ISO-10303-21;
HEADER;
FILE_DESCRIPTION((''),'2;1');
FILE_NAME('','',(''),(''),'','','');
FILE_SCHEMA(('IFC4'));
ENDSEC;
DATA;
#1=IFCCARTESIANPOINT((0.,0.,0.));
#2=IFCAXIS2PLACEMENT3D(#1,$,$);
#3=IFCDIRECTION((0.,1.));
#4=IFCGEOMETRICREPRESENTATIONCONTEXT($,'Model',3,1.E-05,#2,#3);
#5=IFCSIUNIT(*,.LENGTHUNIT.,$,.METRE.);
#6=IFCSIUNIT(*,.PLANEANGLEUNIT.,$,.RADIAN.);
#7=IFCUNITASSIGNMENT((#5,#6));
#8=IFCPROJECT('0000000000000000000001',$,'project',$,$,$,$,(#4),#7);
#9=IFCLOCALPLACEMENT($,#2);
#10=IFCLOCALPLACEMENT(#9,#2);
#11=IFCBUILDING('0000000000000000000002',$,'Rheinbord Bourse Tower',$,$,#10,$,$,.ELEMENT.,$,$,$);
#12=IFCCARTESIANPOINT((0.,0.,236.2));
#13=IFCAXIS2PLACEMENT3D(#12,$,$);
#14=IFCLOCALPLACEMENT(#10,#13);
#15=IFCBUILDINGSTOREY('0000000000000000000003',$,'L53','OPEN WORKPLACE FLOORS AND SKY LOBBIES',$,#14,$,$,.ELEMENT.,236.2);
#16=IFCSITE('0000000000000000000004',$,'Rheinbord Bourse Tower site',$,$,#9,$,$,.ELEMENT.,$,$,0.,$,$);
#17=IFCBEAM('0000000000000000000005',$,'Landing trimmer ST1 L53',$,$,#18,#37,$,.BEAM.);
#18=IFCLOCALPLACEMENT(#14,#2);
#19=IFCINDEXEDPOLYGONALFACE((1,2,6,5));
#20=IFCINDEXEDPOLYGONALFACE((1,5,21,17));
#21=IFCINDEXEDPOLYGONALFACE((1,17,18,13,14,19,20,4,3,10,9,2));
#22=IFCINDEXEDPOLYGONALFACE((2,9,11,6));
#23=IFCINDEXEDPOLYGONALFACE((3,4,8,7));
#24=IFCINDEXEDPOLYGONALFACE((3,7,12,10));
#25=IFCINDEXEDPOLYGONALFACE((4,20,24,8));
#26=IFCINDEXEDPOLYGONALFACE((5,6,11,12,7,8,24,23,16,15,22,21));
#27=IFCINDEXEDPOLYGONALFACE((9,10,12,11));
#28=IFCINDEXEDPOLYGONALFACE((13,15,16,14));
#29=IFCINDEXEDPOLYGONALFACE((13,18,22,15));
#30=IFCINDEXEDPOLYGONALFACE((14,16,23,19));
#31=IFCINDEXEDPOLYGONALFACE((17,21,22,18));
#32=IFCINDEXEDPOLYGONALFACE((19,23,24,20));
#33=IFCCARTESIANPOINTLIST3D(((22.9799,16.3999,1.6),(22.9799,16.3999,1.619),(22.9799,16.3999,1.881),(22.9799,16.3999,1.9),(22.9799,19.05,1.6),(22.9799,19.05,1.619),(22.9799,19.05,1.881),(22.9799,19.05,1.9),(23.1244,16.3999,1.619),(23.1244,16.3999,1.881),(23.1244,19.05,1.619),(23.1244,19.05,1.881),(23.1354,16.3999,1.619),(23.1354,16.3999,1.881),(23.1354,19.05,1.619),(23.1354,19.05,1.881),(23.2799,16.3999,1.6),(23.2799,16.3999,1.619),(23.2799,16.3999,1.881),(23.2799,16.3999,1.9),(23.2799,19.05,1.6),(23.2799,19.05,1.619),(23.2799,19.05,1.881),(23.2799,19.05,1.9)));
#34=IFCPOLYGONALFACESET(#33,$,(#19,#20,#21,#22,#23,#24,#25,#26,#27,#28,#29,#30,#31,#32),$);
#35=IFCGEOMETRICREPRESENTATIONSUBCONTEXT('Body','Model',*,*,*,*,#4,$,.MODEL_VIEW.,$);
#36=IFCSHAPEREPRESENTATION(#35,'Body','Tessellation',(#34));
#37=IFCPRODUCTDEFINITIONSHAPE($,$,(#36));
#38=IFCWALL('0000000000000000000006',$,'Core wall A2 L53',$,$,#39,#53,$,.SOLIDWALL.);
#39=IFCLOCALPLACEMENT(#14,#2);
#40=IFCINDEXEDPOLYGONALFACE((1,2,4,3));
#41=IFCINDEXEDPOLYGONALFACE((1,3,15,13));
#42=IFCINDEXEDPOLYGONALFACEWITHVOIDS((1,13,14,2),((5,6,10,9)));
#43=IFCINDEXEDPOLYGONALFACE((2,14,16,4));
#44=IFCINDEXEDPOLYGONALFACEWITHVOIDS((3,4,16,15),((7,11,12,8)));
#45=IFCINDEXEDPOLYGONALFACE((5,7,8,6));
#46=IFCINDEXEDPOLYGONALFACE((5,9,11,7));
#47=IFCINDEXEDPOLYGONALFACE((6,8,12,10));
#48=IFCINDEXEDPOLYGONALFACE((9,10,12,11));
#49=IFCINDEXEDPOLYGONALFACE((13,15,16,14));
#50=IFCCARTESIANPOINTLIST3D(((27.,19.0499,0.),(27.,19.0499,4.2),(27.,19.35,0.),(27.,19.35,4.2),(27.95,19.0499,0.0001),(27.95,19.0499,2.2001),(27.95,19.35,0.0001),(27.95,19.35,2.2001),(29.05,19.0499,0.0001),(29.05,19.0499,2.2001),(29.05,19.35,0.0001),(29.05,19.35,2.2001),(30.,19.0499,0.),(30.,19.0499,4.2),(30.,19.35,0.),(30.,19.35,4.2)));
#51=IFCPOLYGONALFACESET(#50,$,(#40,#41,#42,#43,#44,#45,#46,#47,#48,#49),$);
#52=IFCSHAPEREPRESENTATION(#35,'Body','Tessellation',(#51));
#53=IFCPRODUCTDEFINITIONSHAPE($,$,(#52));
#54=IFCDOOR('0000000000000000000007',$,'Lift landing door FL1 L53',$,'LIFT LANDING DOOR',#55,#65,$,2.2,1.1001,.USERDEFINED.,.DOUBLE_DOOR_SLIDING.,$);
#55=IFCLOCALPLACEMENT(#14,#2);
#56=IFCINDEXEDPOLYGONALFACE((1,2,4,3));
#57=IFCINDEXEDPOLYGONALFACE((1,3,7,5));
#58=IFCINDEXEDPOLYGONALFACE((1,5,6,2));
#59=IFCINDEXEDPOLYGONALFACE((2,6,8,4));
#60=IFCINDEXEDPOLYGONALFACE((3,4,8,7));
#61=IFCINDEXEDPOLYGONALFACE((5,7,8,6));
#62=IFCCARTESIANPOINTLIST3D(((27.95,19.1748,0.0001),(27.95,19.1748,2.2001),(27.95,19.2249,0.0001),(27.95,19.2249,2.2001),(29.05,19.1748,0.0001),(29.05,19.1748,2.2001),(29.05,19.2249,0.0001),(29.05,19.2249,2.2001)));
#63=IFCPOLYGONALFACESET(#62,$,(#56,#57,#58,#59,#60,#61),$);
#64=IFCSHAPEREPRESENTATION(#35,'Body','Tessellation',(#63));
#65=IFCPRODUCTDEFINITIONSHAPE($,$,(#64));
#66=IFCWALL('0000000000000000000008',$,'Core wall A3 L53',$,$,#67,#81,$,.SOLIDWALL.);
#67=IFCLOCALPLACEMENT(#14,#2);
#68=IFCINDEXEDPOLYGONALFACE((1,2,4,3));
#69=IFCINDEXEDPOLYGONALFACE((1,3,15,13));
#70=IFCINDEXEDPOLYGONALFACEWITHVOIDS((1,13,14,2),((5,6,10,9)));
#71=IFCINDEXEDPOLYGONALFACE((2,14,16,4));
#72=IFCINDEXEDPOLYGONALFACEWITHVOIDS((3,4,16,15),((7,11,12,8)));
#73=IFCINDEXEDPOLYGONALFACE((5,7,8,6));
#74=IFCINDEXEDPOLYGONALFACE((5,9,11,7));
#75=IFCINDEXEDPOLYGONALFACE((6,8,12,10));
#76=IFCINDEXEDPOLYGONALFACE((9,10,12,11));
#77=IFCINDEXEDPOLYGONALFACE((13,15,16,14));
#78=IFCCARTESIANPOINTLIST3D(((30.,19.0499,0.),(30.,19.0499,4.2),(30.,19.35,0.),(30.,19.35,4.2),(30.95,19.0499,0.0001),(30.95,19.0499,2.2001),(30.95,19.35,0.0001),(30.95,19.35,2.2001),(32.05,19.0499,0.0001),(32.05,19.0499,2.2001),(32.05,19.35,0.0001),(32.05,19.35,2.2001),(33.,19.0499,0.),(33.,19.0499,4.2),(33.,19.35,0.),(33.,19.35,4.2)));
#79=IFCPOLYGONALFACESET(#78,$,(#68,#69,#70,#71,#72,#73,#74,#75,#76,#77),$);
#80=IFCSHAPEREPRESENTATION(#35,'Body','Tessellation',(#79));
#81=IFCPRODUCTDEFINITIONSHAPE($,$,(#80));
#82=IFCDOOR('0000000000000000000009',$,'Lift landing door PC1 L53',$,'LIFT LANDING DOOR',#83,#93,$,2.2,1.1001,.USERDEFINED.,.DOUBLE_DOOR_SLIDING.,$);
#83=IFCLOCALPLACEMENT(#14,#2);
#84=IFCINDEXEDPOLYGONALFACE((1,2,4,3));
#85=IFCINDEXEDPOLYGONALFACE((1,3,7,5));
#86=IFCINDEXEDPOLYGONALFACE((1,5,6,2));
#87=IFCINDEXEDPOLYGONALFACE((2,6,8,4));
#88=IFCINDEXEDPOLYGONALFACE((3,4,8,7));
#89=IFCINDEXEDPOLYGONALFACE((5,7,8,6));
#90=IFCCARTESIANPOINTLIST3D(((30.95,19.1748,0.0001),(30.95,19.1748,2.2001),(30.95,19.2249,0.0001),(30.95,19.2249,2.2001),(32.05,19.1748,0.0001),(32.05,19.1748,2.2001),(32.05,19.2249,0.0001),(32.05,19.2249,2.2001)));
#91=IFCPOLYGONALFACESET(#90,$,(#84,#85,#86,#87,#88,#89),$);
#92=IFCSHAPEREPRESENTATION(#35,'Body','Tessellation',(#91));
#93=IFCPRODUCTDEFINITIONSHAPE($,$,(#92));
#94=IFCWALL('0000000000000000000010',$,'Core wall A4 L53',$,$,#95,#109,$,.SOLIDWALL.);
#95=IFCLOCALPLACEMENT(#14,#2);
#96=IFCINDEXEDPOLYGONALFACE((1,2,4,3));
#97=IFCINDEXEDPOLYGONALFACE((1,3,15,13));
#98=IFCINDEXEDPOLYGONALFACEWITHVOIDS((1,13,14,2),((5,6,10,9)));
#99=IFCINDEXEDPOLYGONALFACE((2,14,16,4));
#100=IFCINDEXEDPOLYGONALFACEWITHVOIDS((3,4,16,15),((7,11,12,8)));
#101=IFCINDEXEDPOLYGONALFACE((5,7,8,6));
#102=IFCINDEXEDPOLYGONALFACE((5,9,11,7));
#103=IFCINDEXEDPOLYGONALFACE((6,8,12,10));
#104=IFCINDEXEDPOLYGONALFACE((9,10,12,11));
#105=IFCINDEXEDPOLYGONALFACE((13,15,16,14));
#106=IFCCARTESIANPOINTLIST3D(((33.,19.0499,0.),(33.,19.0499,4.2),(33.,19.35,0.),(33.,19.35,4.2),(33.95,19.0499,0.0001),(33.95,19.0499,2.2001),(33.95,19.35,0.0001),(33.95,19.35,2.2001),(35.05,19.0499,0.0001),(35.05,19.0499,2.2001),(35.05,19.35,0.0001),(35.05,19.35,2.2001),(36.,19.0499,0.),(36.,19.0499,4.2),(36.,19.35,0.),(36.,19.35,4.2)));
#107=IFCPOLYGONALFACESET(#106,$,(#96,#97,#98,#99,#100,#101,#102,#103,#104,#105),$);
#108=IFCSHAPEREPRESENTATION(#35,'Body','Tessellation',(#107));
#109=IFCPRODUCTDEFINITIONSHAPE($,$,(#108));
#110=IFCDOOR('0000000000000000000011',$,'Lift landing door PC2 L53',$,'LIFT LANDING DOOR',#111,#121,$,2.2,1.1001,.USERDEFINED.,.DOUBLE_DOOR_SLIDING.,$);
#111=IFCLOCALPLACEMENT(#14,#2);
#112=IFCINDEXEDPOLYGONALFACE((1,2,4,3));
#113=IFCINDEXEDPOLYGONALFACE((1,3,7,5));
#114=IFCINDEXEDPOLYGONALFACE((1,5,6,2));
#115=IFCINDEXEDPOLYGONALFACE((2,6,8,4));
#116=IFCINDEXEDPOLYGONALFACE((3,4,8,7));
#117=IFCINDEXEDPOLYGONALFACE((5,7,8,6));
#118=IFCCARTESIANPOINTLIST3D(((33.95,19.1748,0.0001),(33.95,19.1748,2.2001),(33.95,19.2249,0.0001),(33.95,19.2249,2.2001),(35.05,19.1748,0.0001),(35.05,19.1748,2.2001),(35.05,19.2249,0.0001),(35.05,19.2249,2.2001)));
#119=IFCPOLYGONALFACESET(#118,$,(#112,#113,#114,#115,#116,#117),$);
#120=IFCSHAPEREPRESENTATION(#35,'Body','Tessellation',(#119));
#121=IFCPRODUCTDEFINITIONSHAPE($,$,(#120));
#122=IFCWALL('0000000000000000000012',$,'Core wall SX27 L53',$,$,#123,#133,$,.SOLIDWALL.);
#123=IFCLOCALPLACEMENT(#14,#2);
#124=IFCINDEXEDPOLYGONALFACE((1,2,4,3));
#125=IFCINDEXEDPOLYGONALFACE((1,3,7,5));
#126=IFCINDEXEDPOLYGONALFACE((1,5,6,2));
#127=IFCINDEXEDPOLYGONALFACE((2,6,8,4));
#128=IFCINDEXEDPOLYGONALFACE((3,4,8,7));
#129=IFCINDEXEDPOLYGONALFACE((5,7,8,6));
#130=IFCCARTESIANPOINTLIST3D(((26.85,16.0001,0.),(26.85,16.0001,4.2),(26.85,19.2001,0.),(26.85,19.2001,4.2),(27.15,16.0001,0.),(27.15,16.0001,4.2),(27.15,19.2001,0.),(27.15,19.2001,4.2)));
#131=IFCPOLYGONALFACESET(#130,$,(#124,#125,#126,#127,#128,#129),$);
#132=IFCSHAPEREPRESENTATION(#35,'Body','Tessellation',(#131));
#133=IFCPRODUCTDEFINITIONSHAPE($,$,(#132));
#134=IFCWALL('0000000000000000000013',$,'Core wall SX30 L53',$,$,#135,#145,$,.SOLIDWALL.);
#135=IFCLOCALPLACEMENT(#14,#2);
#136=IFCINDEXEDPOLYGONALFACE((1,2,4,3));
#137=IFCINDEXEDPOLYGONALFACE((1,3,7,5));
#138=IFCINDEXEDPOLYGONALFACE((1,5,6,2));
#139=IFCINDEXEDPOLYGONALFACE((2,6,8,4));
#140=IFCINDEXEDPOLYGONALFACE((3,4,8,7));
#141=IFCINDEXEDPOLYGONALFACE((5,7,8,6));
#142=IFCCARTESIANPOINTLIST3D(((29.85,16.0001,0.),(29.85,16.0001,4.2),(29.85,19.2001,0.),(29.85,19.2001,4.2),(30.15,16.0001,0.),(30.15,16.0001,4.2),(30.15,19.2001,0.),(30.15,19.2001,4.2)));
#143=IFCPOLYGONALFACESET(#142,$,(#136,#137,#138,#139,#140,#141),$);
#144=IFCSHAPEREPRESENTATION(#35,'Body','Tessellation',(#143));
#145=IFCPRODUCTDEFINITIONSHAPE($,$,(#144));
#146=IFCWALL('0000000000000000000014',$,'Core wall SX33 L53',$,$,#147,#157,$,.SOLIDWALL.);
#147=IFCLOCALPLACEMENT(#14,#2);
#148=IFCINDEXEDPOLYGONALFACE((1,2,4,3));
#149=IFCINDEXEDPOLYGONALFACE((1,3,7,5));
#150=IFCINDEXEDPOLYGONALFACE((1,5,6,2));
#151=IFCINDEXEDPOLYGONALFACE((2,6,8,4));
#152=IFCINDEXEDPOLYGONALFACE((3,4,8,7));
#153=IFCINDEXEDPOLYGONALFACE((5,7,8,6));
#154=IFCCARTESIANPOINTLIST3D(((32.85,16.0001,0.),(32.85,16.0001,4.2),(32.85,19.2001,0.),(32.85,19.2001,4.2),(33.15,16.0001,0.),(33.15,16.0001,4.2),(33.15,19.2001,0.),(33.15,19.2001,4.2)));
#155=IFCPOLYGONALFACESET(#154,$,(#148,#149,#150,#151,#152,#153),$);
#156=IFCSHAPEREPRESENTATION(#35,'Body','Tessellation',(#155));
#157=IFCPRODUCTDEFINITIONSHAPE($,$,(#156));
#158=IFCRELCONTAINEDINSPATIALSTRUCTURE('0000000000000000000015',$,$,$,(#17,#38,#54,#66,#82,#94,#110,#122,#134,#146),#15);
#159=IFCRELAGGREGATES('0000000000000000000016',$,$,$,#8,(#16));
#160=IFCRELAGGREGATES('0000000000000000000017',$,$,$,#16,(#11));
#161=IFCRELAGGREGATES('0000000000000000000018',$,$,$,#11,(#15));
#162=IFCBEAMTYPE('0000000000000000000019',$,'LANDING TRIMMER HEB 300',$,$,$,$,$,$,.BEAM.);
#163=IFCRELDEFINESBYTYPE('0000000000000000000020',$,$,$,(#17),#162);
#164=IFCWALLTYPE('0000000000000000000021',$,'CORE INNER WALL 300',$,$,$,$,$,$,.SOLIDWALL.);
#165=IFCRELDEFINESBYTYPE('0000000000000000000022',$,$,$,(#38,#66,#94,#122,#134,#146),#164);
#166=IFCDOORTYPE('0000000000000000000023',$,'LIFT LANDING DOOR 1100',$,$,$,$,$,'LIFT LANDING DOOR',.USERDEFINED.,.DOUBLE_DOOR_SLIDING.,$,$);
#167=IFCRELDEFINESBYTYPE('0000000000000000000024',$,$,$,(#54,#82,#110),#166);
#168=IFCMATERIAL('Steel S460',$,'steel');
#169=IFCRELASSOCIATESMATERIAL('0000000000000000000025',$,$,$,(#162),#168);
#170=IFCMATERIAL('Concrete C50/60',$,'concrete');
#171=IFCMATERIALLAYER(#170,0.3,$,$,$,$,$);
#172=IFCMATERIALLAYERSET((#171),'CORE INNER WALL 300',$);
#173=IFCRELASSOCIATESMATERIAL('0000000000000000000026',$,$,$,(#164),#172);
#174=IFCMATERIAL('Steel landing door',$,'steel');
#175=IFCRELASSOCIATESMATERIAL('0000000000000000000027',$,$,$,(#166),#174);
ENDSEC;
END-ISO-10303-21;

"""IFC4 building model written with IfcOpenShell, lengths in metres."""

from ifc_helpers import new_model, si_unit, direction, frame, frame_2d, origin, origin_2d, place, context, subcontext, project, spatial, rectangle, i_section, extrude, material, layer, layer_set, material_profile, profile_set, type_object, element, fill, save


model = new_model("IFC4")

# Units and contexts
model_context = context("Model", 3, precision=1e-05, world=origin(), true_north=direction((0.0, 1.0)))
body_context = subcontext(model_context, "Body", "Model", "MODEL_VIEW")
ifc_project = project(units=[si_unit("LENGTHUNIT", "METRE"), si_unit("PLANEANGLEUNIT", "RADIAN")], contexts=[model_context])

# Site, building, storey
site_placement = place(None, origin())
site = spatial("IfcSite", under=ifc_project, at=site_placement, Name="Rheinbord Bourse Tower site", CompositionType="ELEMENT", RefElevation=0.0)
building_placement = place(site_placement, origin())
building = spatial("IfcBuilding", under=site, at=building_placement, Name="Rheinbord Bourse Tower", CompositionType="ELEMENT")
storey_placement = place(building_placement, frame((0.0, 0.0, 236.2)))
storey = spatial("IfcBuildingStorey", under=building, at=storey_placement, Name="L53", Description="OPEN WORKPLACE FLOORS AND SKY LOBBIES", CompositionType="ELEMENT", Elevation=236.2)

# Beam
ifc_material_1 = material(Name="Steel S460", Category="steel")
ifc_material_profile = material_profile(ifc_material_1, i_section(OverallWidth=0.3, OverallDepth=0.3, WebThickness=0.011, FlangeThickness=0.019, at=origin_2d()), Name="HEB 300")
ifc_profile_set = profile_set([ifc_material_profile], Name="Steel S460")
beam_type = type_object("IfcBeamType", Name="LANDING TRIMMER HEB 300", PredefinedType="BEAM", material=ifc_profile_set)
beam_placement = place(storey_placement, frame((23.1299, 16.3999, 1.75), z_axis=(0.0, 1.0, 0.0), x_axis=(-1.0, 0.0, 0.0)))
element("IfcBeam", 1, at=beam_placement, inside=storey, type_object=beam_type, Name="Landing trimmer ST1 L53", PredefinedType="BEAM", context=body_context, shape_type="SweptSolid", body=[
    extrude(i_section(OverallWidth=0.3, OverallDepth=0.3, WebThickness=0.011, FlangeThickness=0.019, at=origin_2d()), origin(), (0.0, 0.0, 1.0), 2.6501),
])

# Walls, openings, doors
ifc_material_2 = material(Name="Concrete C50/60", Category="concrete")
ifc_layer_1 = layer(ifc_material_2, 0.3)
ifc_layer_set_1 = layer_set([ifc_layer_1], Name="CORE INNER WALL 300")
wall_type_1 = type_object("IfcWallType", Name="CORE INNER WALL 300", PredefinedType="SOLIDWALL", material=ifc_layer_set_1)
wall_1_placement = place(storey_placement, frame((27.0, 19.2, 0.0), z_axis=(0.0, 0.0, 1.0), x_axis=(1.0, 0.0, 0.0)))
wall_1 = element("IfcWall", 2, at=wall_1_placement, inside=storey, type_object=wall_type_1, Name="Core wall A2 L53", PredefinedType="SOLIDWALL", context=body_context, shape_type="SweptSolid", body=[
    extrude(rectangle(XDim=3.0, YDim=0.3, at=frame_2d((1.5, 0.0))), origin(), (0.0, 0.0, 1.0), 4.2),
])
opening_1_placement = place(wall_1_placement, frame((0.95, 0.0, 0.0)))
opening_1 = element("IfcOpeningElement", 3, at=opening_1_placement, cuts=wall_1, PredefinedType="OPENING", context=body_context, shape_type="SweptSolid", body=[
    extrude(rectangle(XDim=1.1001, YDim=2.2, at=frame_2d((0.55, 1.1001))), frame((0.0, 0.1599, 0.0), z_axis=(0.0, -1.0, 0.0), x_axis=(1.0, 0.0, 0.0)), (0.0, 0.0, 1.0), 0.3201),
])
ifc_material_3 = material(Name="Steel landing door", Category="steel")
door_type_1 = type_object("IfcDoorType", Name="LIFT LANDING DOOR 1100", ElementType="LIFT LANDING DOOR", OperationType="DOUBLE_DOOR_SLIDING", PredefinedType="USERDEFINED", material=ifc_material_3)
door_1_placement = place(opening_1_placement, origin())
door_1 = element("IfcDoor", 4, at=door_1_placement, inside=storey, type_object=door_type_1, Name="Lift landing door FL1 L53", ObjectType="LIFT LANDING DOOR", OperationType="DOUBLE_DOOR_SLIDING", OverallHeight=2.2, OverallWidth=1.1001, PredefinedType="USERDEFINED", context=body_context, shape_type="SweptSolid", body=[
    extrude(rectangle(XDim=1.1001, YDim=2.2, at=frame_2d((0.55, 1.1001))), frame((0.0, 0.0249, 0.0), z_axis=(0.0, -1.0, 0.0), x_axis=(1.0, 0.0, 0.0)), (0.0, 0.0, 1.0), 0.05),
])
fill(opening_1, door_1)
wall_2_placement = place(storey_placement, frame((30.0, 19.2, 0.0), z_axis=(0.0, 0.0, 1.0), x_axis=(1.0, 0.0, 0.0)))
wall_2 = element("IfcWall", 5, at=wall_2_placement, inside=storey, type_object=wall_type_1, Name="Core wall A3 L53", PredefinedType="SOLIDWALL", context=body_context, shape_type="SweptSolid", body=[
    extrude(rectangle(XDim=3.0, YDim=0.3, at=frame_2d((1.5, 0.0))), origin(), (0.0, 0.0, 1.0), 4.2),
])
opening_2_placement = place(wall_2_placement, frame((0.95, 0.0, 0.0)))
opening_2 = element("IfcOpeningElement", 6, at=opening_2_placement, cuts=wall_2, PredefinedType="OPENING", context=body_context, shape_type="SweptSolid", body=[
    extrude(rectangle(XDim=1.1001, YDim=2.2, at=frame_2d((0.55, 1.1001))), frame((0.0, 0.1599, 0.0), z_axis=(0.0, -1.0, 0.0), x_axis=(1.0, 0.0, 0.0)), (0.0, 0.0, 1.0), 0.3201),
])
door_2_placement = place(opening_2_placement, origin())
door_2 = element("IfcDoor", 7, at=door_2_placement, inside=storey, type_object=door_type_1, Name="Lift landing door PC1 L53", ObjectType="LIFT LANDING DOOR", OperationType="DOUBLE_DOOR_SLIDING", OverallHeight=2.2, OverallWidth=1.1001, PredefinedType="USERDEFINED", context=body_context, shape_type="SweptSolid", body=[
    extrude(rectangle(XDim=1.1001, YDim=2.2, at=frame_2d((0.55, 1.1001))), frame((0.0, 0.0249, 0.0), z_axis=(0.0, -1.0, 0.0), x_axis=(1.0, 0.0, 0.0)), (0.0, 0.0, 1.0), 0.05),
])
fill(opening_2, door_2)
wall_3_placement = place(storey_placement, frame((33.0, 19.2, 0.0), z_axis=(0.0, 0.0, 1.0), x_axis=(1.0, 0.0, 0.0)))
wall_3 = element("IfcWall", 8, at=wall_3_placement, inside=storey, type_object=wall_type_1, Name="Core wall A4 L53", PredefinedType="SOLIDWALL", context=body_context, shape_type="SweptSolid", body=[
    extrude(rectangle(XDim=3.0, YDim=0.3, at=frame_2d((1.5, 0.0))), origin(), (0.0, 0.0, 1.0), 4.2),
])
opening_3_placement = place(wall_3_placement, frame((0.95, 0.0, 0.0)))
opening_3 = element("IfcOpeningElement", 9, at=opening_3_placement, cuts=wall_3, PredefinedType="OPENING", context=body_context, shape_type="SweptSolid", body=[
    extrude(rectangle(XDim=1.1001, YDim=2.2, at=frame_2d((0.55, 1.1001))), frame((0.0, 0.1599, 0.0), z_axis=(0.0, -1.0, 0.0), x_axis=(1.0, 0.0, 0.0)), (0.0, 0.0, 1.0), 0.3201),
])
door_3_placement = place(opening_3_placement, origin())
door_3 = element("IfcDoor", 10, at=door_3_placement, inside=storey, type_object=door_type_1, Name="Lift landing door PC2 L53", ObjectType="LIFT LANDING DOOR", OperationType="DOUBLE_DOOR_SLIDING", OverallHeight=2.2, OverallWidth=1.1001, PredefinedType="USERDEFINED", context=body_context, shape_type="SweptSolid", body=[
    extrude(rectangle(XDim=1.1001, YDim=2.2, at=frame_2d((0.55, 1.1001))), frame((0.0, 0.0249, 0.0), z_axis=(0.0, -1.0, 0.0), x_axis=(1.0, 0.0, 0.0)), (0.0, 0.0, 1.0), 0.05),
])
fill(opening_3, door_3)

# Walls
for number, where, z_axis, x_axis, name in (
    (11, (27.0, 16.0, 0.0), (0.0, 0.0, 1.0), (0.0, 1.0, 0.0), "Core wall SX27 L53"),
    (12, (30.0, 16.0, 0.0), (0.0, 0.0, 1.0), (0.0, 1.0, 0.0), "Core wall SX30 L53"),
    (13, (33.0, 16.0, 0.0), (0.0, 0.0, 1.0), (0.0, 1.0, 0.0), "Core wall SX33 L53"),
):
    element("IfcWall", number, at=place(storey_placement, frame(where, z_axis=z_axis, x_axis=x_axis)), inside=storey, type_object=wall_type_1, Name=name, PredefinedType="SOLIDWALL", context=body_context, shape_type="SweptSolid", body=[
        extrude(rectangle(XDim=3.2, YDim=0.3, at=frame_2d((1.6001, 0.0))), origin(), (0.0, 0.0, 1.0), 4.2),
    ])

save(model, "model.ifc")
